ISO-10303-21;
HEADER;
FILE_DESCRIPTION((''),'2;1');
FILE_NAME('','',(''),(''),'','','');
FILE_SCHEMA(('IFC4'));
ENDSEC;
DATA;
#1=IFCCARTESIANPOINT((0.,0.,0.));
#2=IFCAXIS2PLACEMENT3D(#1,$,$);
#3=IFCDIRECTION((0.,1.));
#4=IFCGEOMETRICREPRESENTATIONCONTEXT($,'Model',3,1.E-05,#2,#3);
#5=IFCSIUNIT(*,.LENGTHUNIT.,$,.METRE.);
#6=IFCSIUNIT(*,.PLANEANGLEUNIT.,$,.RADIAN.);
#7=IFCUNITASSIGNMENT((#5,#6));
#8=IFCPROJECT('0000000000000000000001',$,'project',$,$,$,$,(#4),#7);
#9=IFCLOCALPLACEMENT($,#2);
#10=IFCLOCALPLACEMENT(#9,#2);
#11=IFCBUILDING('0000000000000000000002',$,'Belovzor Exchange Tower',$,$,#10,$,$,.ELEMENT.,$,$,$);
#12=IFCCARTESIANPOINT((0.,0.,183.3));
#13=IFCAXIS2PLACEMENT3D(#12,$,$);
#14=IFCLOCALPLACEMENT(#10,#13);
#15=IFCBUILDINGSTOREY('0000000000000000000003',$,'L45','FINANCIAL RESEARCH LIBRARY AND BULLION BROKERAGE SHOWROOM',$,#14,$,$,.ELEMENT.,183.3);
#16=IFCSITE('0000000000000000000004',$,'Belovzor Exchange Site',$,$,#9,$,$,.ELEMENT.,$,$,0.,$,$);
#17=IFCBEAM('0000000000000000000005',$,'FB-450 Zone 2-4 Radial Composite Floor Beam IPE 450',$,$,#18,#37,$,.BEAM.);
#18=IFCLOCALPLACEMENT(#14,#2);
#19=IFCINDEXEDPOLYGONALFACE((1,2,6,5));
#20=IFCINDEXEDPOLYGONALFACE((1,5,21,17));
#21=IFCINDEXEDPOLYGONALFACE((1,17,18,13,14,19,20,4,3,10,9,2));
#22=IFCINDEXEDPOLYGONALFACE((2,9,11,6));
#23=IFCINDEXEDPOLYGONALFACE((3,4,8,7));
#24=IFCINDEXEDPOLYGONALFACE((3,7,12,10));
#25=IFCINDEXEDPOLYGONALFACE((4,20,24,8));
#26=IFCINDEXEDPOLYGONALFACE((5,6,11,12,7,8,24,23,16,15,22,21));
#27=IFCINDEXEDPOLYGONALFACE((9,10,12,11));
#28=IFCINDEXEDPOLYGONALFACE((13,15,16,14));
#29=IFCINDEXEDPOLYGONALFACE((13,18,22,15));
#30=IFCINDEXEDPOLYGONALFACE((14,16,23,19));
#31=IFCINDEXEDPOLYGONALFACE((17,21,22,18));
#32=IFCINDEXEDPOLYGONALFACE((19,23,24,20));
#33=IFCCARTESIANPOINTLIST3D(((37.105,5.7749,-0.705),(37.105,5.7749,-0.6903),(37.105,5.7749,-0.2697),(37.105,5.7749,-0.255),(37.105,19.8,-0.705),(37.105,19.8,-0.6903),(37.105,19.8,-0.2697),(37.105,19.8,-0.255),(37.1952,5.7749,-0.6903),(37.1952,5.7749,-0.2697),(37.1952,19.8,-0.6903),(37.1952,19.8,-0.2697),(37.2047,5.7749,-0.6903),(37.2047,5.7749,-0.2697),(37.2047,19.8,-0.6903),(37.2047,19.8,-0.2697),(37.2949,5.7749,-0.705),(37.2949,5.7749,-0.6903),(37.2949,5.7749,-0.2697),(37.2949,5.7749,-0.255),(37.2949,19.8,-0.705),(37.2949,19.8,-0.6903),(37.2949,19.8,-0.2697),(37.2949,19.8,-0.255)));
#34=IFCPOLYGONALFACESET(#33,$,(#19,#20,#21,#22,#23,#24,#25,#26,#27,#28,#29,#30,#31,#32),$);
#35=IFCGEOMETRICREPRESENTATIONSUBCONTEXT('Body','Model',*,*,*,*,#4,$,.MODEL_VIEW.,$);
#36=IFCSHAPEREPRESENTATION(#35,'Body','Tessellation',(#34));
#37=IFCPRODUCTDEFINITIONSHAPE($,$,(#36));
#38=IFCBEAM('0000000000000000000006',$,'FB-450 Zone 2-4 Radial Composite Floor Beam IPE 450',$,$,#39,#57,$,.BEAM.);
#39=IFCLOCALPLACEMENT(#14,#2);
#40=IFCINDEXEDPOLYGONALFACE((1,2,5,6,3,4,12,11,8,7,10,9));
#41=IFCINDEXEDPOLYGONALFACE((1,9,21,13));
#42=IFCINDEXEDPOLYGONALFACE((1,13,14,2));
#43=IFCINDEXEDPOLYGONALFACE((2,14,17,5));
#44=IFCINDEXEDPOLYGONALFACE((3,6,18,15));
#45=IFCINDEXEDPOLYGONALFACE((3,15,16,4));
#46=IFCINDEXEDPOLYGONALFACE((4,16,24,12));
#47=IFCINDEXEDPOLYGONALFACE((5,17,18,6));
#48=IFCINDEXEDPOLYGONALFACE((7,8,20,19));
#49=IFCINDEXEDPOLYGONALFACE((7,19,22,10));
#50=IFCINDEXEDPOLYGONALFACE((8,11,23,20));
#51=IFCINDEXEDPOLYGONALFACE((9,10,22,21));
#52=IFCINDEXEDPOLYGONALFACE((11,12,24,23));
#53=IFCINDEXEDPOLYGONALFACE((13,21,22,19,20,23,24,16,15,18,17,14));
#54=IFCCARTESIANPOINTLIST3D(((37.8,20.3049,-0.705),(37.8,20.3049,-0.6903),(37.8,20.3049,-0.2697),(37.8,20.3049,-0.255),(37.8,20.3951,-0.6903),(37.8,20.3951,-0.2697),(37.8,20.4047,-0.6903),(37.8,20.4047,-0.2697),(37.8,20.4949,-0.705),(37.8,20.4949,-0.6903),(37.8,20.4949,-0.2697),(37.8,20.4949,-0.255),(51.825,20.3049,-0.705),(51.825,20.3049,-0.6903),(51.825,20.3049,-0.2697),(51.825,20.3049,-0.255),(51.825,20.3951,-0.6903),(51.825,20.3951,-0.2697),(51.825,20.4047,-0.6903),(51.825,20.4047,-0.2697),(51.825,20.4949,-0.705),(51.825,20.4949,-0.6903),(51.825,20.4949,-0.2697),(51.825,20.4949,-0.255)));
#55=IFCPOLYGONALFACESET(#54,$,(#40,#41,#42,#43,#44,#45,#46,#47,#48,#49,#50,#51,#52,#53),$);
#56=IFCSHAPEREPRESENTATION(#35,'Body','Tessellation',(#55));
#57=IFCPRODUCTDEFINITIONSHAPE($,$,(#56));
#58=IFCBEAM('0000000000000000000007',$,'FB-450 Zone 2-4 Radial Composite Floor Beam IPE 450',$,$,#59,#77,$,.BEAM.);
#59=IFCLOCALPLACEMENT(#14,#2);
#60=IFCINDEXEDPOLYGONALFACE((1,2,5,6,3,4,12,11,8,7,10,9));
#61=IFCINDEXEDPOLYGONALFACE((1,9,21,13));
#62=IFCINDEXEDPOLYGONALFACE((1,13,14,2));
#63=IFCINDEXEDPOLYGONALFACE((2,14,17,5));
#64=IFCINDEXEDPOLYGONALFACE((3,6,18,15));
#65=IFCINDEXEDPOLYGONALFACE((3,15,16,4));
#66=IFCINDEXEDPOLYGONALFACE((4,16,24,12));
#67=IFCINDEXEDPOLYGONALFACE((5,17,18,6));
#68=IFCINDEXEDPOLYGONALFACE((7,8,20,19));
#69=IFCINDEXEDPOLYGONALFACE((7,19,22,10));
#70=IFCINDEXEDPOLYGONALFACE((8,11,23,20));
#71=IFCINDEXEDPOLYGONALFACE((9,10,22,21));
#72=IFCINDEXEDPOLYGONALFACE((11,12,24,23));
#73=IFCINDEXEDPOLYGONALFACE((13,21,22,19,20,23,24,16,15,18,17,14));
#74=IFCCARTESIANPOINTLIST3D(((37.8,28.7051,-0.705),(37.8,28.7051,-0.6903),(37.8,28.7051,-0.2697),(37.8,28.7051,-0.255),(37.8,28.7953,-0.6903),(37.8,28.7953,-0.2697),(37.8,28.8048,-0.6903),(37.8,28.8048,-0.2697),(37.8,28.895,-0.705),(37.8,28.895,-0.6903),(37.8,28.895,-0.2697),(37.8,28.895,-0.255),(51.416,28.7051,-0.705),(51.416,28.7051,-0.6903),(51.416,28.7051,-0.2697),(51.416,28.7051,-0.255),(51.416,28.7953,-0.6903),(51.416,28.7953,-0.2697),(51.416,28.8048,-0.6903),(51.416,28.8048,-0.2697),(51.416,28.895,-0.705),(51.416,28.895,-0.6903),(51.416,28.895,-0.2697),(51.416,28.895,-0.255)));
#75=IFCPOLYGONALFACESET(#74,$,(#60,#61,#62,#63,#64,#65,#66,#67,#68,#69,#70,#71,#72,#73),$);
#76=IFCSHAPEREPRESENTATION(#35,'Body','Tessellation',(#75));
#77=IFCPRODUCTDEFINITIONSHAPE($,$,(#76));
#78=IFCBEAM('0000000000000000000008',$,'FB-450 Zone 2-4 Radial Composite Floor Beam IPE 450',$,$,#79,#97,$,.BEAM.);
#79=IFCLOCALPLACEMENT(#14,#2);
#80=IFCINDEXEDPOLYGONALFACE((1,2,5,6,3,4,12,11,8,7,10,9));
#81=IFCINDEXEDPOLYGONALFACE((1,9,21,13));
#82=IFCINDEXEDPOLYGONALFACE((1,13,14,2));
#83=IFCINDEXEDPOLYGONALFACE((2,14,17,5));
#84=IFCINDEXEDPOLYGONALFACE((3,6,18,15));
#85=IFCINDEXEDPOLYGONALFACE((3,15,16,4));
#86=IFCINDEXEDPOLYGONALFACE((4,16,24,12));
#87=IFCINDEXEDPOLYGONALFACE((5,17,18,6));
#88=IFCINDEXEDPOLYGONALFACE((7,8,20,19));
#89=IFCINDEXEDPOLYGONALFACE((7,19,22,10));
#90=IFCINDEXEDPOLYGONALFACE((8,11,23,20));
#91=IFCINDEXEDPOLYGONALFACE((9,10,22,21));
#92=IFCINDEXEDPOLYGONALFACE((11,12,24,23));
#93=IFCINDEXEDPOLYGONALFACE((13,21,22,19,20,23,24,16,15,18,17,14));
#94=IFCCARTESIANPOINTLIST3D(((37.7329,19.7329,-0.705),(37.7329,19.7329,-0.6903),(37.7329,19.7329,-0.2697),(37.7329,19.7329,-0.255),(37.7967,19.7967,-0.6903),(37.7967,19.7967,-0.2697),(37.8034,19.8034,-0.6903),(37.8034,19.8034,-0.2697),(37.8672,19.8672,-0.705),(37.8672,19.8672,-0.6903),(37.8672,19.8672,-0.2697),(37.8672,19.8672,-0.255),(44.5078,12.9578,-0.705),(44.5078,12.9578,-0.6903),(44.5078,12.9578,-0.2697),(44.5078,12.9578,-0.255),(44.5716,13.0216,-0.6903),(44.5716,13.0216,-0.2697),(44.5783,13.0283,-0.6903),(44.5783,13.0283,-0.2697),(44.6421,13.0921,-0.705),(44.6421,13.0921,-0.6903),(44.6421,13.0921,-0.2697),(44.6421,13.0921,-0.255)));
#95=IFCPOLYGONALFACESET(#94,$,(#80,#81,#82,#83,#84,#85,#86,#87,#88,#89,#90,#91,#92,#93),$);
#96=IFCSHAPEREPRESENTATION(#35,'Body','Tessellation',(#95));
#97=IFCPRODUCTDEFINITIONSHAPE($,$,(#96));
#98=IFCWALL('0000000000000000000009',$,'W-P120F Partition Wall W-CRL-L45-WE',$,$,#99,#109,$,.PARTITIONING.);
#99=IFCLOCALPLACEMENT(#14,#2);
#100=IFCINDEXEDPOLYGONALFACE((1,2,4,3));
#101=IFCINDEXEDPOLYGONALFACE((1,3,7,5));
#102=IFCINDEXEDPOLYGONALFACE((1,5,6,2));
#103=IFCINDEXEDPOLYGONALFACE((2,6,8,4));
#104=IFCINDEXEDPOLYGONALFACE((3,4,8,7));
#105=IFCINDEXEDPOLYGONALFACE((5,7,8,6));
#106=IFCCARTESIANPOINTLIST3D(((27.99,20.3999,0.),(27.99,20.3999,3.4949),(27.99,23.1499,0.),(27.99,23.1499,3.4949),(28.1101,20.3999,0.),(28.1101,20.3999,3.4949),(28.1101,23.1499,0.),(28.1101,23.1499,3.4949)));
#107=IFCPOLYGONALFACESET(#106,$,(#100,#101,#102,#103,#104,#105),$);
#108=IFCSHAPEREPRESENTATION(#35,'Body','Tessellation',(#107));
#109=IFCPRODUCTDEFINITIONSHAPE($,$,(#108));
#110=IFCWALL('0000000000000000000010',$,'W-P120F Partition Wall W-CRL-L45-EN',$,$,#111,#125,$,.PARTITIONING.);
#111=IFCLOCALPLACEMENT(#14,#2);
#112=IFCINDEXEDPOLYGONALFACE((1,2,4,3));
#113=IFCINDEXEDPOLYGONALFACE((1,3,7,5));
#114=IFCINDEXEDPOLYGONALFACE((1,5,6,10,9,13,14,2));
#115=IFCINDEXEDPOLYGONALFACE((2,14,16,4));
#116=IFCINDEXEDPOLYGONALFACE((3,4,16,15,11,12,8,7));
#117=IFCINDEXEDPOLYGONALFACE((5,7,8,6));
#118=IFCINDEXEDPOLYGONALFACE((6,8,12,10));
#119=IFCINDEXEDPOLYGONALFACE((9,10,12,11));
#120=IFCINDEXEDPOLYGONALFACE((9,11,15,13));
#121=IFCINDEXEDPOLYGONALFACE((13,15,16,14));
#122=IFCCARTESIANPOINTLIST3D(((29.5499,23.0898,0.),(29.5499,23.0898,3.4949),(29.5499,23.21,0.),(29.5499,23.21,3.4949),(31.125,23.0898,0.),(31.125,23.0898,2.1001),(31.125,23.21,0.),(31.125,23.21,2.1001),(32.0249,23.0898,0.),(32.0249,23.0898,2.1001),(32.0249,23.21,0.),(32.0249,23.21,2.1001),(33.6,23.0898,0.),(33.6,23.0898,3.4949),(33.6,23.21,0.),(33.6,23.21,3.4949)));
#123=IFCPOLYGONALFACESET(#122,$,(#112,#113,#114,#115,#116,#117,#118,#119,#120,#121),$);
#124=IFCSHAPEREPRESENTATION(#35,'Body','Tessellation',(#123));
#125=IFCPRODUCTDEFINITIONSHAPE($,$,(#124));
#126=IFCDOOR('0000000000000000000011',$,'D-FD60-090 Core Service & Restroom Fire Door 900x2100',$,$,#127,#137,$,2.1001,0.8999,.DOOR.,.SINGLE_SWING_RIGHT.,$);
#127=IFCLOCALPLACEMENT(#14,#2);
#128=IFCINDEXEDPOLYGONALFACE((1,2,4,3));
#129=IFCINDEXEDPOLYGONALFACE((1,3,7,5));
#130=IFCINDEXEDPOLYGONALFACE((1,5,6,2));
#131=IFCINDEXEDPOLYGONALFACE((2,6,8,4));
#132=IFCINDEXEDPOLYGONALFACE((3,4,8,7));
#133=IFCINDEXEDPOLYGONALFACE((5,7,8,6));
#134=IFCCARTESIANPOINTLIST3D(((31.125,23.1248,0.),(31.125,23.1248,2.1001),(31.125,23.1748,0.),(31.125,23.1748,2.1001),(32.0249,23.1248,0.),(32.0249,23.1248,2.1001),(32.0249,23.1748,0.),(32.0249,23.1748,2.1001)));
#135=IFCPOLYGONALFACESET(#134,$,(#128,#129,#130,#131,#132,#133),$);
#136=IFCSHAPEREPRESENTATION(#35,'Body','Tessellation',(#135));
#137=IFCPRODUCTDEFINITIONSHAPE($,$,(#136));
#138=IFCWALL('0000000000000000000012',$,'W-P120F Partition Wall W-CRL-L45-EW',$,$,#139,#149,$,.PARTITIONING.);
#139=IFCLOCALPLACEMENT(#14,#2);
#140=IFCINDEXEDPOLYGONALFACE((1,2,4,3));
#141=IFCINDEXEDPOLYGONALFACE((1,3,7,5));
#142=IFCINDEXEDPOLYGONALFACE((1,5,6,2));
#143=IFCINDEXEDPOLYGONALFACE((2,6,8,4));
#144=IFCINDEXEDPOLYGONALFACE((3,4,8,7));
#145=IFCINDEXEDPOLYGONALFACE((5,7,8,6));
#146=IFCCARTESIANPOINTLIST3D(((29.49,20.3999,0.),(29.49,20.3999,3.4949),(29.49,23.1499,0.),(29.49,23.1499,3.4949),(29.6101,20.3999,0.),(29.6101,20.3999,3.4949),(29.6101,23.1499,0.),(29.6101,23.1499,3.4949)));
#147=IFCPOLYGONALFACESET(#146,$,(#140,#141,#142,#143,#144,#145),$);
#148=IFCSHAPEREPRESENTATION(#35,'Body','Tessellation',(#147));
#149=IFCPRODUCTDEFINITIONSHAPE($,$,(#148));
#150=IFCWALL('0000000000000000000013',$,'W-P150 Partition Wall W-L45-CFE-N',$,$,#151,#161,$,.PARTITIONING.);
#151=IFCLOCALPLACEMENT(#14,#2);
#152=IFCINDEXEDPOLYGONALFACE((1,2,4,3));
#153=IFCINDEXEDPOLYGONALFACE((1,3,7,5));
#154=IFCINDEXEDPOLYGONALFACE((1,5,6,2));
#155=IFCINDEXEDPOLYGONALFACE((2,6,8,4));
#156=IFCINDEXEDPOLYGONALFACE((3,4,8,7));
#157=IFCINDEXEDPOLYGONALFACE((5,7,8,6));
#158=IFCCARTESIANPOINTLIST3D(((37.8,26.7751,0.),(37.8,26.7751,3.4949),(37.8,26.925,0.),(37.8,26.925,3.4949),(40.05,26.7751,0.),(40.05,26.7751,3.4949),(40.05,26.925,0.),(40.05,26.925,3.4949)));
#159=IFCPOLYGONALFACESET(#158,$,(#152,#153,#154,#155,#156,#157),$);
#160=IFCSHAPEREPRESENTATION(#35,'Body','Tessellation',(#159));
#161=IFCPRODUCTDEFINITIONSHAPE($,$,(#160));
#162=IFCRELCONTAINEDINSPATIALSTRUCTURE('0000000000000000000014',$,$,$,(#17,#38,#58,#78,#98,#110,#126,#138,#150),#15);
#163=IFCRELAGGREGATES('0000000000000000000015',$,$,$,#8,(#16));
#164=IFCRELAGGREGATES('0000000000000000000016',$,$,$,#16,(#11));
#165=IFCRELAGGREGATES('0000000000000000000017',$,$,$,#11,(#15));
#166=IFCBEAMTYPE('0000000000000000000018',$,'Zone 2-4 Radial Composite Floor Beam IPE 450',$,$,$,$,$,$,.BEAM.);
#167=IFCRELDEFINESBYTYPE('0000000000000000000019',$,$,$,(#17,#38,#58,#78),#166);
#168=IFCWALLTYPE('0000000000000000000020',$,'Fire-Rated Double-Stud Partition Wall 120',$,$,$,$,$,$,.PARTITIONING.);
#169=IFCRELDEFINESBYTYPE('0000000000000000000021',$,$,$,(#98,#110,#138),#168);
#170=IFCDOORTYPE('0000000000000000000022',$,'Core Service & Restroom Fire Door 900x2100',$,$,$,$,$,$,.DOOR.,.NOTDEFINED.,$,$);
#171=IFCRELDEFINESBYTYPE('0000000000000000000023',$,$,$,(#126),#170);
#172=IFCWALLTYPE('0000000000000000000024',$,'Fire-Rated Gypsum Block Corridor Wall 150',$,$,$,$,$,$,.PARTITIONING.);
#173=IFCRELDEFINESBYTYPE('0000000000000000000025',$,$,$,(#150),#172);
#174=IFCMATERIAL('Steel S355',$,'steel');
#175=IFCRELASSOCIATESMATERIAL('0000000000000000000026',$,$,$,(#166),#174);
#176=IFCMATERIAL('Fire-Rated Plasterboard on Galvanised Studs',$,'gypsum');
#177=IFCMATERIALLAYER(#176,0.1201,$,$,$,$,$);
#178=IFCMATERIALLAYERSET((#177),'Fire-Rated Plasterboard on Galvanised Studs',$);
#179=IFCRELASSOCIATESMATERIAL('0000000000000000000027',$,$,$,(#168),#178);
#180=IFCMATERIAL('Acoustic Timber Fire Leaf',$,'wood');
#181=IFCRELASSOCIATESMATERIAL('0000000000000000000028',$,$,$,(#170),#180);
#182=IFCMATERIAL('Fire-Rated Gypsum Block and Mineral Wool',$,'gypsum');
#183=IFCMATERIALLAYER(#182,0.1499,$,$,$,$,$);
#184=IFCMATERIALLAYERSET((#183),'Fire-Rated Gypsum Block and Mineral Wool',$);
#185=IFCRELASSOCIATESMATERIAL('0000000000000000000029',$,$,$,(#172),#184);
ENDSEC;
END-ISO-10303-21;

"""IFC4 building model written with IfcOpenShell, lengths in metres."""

from ifc_helpers import new_model, si_unit, direction, frame, frame_2d, origin, origin_2d, place, context, subcontext, project, spatial, rectangle, i_section, extrude, material, layer, layer_set, material_profile, profile_set, type_object, element, fill, save


model = new_model("IFC4")

# Units and contexts
model_context = context("Model", 3, precision=1e-05, world=origin(), true_north=direction((0.0, 1.0)))
body_context = subcontext(model_context, "Body", "Model", "MODEL_VIEW")
ifc_project = project(units=[si_unit("LENGTHUNIT", "METRE"), si_unit("PLANEANGLEUNIT", "RADIAN")], contexts=[model_context])

# Site, building, storey
site_placement = place(None, origin())
site = spatial("IfcSite", under=ifc_project, at=site_placement, Name="Belovzor Exchange Site", CompositionType="ELEMENT", RefElevation=0.0)
building_placement = place(site_placement, origin())
building = spatial("IfcBuilding", under=site, at=building_placement, Name="Belovzor Exchange Tower", CompositionType="ELEMENT")
storey_placement = place(building_placement, frame((0.0, 0.0, 183.3)))
storey = spatial("IfcBuildingStorey", under=building, at=storey_placement, Name="L45", Description="FINANCIAL RESEARCH LIBRARY AND BULLION BROKERAGE SHOWROOM", CompositionType="ELEMENT", Elevation=183.3)

# Beams
ifc_material_1 = material(Name="Steel S355", Category="steel")
ifc_material_profile = material_profile(ifc_material_1, i_section(OverallWidth=0.1899, OverallDepth=0.45, WebThickness=0.0095, FlangeThickness=0.0146, at=origin_2d()))
ifc_profile_set = profile_set([ifc_material_profile], Name="Steel S355")
beam_type = type_object("IfcBeamType", Name="Zone 2-4 Radial Composite Floor Beam IPE 450", PredefinedType="BEAM", material=ifc_profile_set)
beam_1_placement = place(storey_placement, frame((37.2, 19.8, -0.48), z_axis=(0.0, -1.0, 0.0), x_axis=(1.0, 0.0, 0.0)))
element("IfcBeam", 1, at=beam_1_placement, inside=storey, type_object=beam_type, Name="FB-450 Zone 2-4 Radial Composite Floor Beam IPE 450", PredefinedType="BEAM", context=body_context, shape_type="SweptSolid", body=[
    extrude(i_section(OverallWidth=0.1899, OverallDepth=0.45, WebThickness=0.0095, FlangeThickness=0.0146, at=origin_2d()), origin(), (0.0, 0.0, 1.0), 14.0251),
])
beam_2_placement = place(storey_placement, frame((37.8, 20.3999, -0.48), z_axis=(1.0, 0.0, 0.0), x_axis=(0.0, 1.0, 0.0)))
element("IfcBeam", 2, at=beam_2_placement, inside=storey, type_object=beam_type, Name="FB-450 Zone 2-4 Radial Composite Floor Beam IPE 450", PredefinedType="BEAM", context=body_context, shape_type="SweptSolid", body=[
    extrude(i_section(OverallWidth=0.1899, OverallDepth=0.45, WebThickness=0.0095, FlangeThickness=0.0146, at=origin_2d()), origin(), (0.0, 0.0, 1.0), 14.0249),
])
beam_3_placement = place(storey_placement, frame((37.8, 28.8, -0.48), z_axis=(1.0, 0.0, 0.0), x_axis=(0.0, 1.0, 0.0)))
element("IfcBeam", 3, at=beam_3_placement, inside=storey, type_object=beam_type, Name="FB-450 Zone 2-4 Radial Composite Floor Beam IPE 450", PredefinedType="BEAM", context=body_context, shape_type="SweptSolid", body=[
    extrude(i_section(OverallWidth=0.1899, OverallDepth=0.45, WebThickness=0.0095, FlangeThickness=0.0146, at=origin_2d()), origin(), (0.0, 0.0, 1.0), 13.616),
])
beam_4_placement = place(storey_placement, frame((37.8, 19.8, -0.48), z_axis=(0.707094, -0.70712, 0.0), x_axis=(0.70712, 0.707094, 0.0)))
element("IfcBeam", 4, at=beam_4_placement, inside=storey, type_object=beam_type, Name="FB-450 Zone 2-4 Radial Composite Floor Beam IPE 450", PredefinedType="BEAM", context=body_context, shape_type="SweptSolid", body=[
    extrude(i_section(OverallWidth=0.1899, OverallDepth=0.45, WebThickness=0.0095, FlangeThickness=0.0146, at=origin_2d()), origin(), (0.0, 0.0, 1.0), 9.5813),
])

# Wall
ifc_material_2 = material(Name="Fire-Rated Plasterboard on Galvanised Studs", Category="gypsum")
ifc_layer_1 = layer(ifc_material_2, 0.1201)
ifc_layer_set_1 = layer_set([ifc_layer_1], Name="Fire-Rated Plasterboard on Galvanised Studs")
wall_type_1 = type_object("IfcWallType", Name="Fire-Rated Double-Stud Partition Wall 120", PredefinedType="PARTITIONING", material=ifc_layer_set_1)
wall_1_placement = place(storey_placement, frame((28.05, 20.3999, 0.0), z_axis=(0.0, 0.0, 1.0), x_axis=(0.0, 1.0, 0.0)))
element("IfcWall", 5, at=wall_1_placement, inside=storey, type_object=wall_type_1, Name="W-P120F Partition Wall W-CRL-L45-WE", PredefinedType="PARTITIONING", context=body_context, shape_type="SweptSolid", body=[
    extrude(rectangle(XDim=2.75, YDim=0.1201, at=frame_2d((1.375, 0.0))), origin(), (0.0, 0.0, 1.0), 3.4949),
])

# Wall, opening, door
wall_2_placement = place(storey_placement, frame((29.55, 23.1499, 0.0), z_axis=(0.0, 0.0, 1.0), x_axis=(1.0, 0.0, 0.0)))
wall_2 = element("IfcWall", 6, at=wall_2_placement, inside=storey, type_object=wall_type_1, Name="W-P120F Partition Wall W-CRL-L45-EN", PredefinedType="PARTITIONING", context=body_context, shape_type="SweptSolid", body=[
    extrude(rectangle(XDim=4.05, YDim=0.1201, at=frame_2d((2.0249, 0.0))), origin(), (0.0, 0.0, 1.0), 3.4949),
])
opening_1_placement = place(wall_2_placement, frame((1.575, 0.0, 0.0)))
opening_1 = element("IfcOpeningElement", 7, at=opening_1_placement, cuts=wall_2, PredefinedType="OPENING", context=body_context, shape_type="SweptSolid", body=[
    extrude(rectangle(XDim=0.8999, YDim=2.1001, at=frame_2d((0.45, 1.05))), frame((0.0, 0.0701, 0.0), z_axis=(0.0, -1.0, 0.0), x_axis=(1.0, 0.0, 0.0)), (0.0, 0.0, 1.0), 0.1401),
])
ifc_material_3 = material(Name="Acoustic Timber Fire Leaf", Category="wood")
door_type_1 = type_object("IfcDoorType", Name="Core Service & Restroom Fire Door 900x2100", OperationType="NOTDEFINED", PredefinedType="DOOR", material=ifc_material_3)
door_1_placement = place(opening_1_placement, origin())
door_1 = element("IfcDoor", 8, at=door_1_placement, inside=storey, type_object=door_type_1, Name="D-FD60-090 Core Service & Restroom Fire Door 900x2100", OperationType="SINGLE_SWING_RIGHT", OverallHeight=2.1001, OverallWidth=0.8999, PredefinedType="DOOR", context=body_context, shape_type="SweptSolid", body=[
    extrude(rectangle(XDim=0.8999, YDim=2.1001, at=frame_2d((0.45, 1.05))), frame((0.0, 0.0249, 0.0), z_axis=(0.0, -1.0, 0.0), x_axis=(1.0, 0.0, 0.0)), (0.0, 0.0, 1.0), 0.05),
])
fill(opening_1, door_1)

# Walls
wall_3_placement = place(storey_placement, frame((29.55, 20.3999, 0.0), z_axis=(0.0, 0.0, 1.0), x_axis=(0.0, 1.0, 0.0)))
element("IfcWall", 9, at=wall_3_placement, inside=storey, type_object=wall_type_1, Name="W-P120F Partition Wall W-CRL-L45-EW", PredefinedType="PARTITIONING", context=body_context, shape_type="SweptSolid", body=[
    extrude(rectangle(XDim=2.75, YDim=0.1201, at=frame_2d((1.375, 0.0))), origin(), (0.0, 0.0, 1.0), 3.4949),
])
ifc_material_4 = material(Name="Fire-Rated Gypsum Block and Mineral Wool", Category="gypsum")
ifc_layer_2 = layer(ifc_material_4, 0.1499)
ifc_layer_set_2 = layer_set([ifc_layer_2], Name="Fire-Rated Gypsum Block and Mineral Wool")
wall_type_2 = type_object("IfcWallType", Name="Fire-Rated Gypsum Block Corridor Wall 150", PredefinedType="PARTITIONING", material=ifc_layer_set_2)
wall_4_placement = place(storey_placement, frame((37.8, 26.8501, 0.0), z_axis=(0.0, 0.0, 1.0), x_axis=(1.0, 0.0, 0.0)))
element("IfcWall", 10, at=wall_4_placement, inside=storey, type_object=wall_type_2, Name="W-P150 Partition Wall W-L45-CFE-N", PredefinedType="PARTITIONING", context=body_context, shape_type="SweptSolid", body=[
    extrude(rectangle(XDim=2.25, YDim=0.1499, at=frame_2d((1.125, 0.0))), origin(), (0.0, 0.0, 1.0), 3.4949),
])

save(model, "model.ifc")
